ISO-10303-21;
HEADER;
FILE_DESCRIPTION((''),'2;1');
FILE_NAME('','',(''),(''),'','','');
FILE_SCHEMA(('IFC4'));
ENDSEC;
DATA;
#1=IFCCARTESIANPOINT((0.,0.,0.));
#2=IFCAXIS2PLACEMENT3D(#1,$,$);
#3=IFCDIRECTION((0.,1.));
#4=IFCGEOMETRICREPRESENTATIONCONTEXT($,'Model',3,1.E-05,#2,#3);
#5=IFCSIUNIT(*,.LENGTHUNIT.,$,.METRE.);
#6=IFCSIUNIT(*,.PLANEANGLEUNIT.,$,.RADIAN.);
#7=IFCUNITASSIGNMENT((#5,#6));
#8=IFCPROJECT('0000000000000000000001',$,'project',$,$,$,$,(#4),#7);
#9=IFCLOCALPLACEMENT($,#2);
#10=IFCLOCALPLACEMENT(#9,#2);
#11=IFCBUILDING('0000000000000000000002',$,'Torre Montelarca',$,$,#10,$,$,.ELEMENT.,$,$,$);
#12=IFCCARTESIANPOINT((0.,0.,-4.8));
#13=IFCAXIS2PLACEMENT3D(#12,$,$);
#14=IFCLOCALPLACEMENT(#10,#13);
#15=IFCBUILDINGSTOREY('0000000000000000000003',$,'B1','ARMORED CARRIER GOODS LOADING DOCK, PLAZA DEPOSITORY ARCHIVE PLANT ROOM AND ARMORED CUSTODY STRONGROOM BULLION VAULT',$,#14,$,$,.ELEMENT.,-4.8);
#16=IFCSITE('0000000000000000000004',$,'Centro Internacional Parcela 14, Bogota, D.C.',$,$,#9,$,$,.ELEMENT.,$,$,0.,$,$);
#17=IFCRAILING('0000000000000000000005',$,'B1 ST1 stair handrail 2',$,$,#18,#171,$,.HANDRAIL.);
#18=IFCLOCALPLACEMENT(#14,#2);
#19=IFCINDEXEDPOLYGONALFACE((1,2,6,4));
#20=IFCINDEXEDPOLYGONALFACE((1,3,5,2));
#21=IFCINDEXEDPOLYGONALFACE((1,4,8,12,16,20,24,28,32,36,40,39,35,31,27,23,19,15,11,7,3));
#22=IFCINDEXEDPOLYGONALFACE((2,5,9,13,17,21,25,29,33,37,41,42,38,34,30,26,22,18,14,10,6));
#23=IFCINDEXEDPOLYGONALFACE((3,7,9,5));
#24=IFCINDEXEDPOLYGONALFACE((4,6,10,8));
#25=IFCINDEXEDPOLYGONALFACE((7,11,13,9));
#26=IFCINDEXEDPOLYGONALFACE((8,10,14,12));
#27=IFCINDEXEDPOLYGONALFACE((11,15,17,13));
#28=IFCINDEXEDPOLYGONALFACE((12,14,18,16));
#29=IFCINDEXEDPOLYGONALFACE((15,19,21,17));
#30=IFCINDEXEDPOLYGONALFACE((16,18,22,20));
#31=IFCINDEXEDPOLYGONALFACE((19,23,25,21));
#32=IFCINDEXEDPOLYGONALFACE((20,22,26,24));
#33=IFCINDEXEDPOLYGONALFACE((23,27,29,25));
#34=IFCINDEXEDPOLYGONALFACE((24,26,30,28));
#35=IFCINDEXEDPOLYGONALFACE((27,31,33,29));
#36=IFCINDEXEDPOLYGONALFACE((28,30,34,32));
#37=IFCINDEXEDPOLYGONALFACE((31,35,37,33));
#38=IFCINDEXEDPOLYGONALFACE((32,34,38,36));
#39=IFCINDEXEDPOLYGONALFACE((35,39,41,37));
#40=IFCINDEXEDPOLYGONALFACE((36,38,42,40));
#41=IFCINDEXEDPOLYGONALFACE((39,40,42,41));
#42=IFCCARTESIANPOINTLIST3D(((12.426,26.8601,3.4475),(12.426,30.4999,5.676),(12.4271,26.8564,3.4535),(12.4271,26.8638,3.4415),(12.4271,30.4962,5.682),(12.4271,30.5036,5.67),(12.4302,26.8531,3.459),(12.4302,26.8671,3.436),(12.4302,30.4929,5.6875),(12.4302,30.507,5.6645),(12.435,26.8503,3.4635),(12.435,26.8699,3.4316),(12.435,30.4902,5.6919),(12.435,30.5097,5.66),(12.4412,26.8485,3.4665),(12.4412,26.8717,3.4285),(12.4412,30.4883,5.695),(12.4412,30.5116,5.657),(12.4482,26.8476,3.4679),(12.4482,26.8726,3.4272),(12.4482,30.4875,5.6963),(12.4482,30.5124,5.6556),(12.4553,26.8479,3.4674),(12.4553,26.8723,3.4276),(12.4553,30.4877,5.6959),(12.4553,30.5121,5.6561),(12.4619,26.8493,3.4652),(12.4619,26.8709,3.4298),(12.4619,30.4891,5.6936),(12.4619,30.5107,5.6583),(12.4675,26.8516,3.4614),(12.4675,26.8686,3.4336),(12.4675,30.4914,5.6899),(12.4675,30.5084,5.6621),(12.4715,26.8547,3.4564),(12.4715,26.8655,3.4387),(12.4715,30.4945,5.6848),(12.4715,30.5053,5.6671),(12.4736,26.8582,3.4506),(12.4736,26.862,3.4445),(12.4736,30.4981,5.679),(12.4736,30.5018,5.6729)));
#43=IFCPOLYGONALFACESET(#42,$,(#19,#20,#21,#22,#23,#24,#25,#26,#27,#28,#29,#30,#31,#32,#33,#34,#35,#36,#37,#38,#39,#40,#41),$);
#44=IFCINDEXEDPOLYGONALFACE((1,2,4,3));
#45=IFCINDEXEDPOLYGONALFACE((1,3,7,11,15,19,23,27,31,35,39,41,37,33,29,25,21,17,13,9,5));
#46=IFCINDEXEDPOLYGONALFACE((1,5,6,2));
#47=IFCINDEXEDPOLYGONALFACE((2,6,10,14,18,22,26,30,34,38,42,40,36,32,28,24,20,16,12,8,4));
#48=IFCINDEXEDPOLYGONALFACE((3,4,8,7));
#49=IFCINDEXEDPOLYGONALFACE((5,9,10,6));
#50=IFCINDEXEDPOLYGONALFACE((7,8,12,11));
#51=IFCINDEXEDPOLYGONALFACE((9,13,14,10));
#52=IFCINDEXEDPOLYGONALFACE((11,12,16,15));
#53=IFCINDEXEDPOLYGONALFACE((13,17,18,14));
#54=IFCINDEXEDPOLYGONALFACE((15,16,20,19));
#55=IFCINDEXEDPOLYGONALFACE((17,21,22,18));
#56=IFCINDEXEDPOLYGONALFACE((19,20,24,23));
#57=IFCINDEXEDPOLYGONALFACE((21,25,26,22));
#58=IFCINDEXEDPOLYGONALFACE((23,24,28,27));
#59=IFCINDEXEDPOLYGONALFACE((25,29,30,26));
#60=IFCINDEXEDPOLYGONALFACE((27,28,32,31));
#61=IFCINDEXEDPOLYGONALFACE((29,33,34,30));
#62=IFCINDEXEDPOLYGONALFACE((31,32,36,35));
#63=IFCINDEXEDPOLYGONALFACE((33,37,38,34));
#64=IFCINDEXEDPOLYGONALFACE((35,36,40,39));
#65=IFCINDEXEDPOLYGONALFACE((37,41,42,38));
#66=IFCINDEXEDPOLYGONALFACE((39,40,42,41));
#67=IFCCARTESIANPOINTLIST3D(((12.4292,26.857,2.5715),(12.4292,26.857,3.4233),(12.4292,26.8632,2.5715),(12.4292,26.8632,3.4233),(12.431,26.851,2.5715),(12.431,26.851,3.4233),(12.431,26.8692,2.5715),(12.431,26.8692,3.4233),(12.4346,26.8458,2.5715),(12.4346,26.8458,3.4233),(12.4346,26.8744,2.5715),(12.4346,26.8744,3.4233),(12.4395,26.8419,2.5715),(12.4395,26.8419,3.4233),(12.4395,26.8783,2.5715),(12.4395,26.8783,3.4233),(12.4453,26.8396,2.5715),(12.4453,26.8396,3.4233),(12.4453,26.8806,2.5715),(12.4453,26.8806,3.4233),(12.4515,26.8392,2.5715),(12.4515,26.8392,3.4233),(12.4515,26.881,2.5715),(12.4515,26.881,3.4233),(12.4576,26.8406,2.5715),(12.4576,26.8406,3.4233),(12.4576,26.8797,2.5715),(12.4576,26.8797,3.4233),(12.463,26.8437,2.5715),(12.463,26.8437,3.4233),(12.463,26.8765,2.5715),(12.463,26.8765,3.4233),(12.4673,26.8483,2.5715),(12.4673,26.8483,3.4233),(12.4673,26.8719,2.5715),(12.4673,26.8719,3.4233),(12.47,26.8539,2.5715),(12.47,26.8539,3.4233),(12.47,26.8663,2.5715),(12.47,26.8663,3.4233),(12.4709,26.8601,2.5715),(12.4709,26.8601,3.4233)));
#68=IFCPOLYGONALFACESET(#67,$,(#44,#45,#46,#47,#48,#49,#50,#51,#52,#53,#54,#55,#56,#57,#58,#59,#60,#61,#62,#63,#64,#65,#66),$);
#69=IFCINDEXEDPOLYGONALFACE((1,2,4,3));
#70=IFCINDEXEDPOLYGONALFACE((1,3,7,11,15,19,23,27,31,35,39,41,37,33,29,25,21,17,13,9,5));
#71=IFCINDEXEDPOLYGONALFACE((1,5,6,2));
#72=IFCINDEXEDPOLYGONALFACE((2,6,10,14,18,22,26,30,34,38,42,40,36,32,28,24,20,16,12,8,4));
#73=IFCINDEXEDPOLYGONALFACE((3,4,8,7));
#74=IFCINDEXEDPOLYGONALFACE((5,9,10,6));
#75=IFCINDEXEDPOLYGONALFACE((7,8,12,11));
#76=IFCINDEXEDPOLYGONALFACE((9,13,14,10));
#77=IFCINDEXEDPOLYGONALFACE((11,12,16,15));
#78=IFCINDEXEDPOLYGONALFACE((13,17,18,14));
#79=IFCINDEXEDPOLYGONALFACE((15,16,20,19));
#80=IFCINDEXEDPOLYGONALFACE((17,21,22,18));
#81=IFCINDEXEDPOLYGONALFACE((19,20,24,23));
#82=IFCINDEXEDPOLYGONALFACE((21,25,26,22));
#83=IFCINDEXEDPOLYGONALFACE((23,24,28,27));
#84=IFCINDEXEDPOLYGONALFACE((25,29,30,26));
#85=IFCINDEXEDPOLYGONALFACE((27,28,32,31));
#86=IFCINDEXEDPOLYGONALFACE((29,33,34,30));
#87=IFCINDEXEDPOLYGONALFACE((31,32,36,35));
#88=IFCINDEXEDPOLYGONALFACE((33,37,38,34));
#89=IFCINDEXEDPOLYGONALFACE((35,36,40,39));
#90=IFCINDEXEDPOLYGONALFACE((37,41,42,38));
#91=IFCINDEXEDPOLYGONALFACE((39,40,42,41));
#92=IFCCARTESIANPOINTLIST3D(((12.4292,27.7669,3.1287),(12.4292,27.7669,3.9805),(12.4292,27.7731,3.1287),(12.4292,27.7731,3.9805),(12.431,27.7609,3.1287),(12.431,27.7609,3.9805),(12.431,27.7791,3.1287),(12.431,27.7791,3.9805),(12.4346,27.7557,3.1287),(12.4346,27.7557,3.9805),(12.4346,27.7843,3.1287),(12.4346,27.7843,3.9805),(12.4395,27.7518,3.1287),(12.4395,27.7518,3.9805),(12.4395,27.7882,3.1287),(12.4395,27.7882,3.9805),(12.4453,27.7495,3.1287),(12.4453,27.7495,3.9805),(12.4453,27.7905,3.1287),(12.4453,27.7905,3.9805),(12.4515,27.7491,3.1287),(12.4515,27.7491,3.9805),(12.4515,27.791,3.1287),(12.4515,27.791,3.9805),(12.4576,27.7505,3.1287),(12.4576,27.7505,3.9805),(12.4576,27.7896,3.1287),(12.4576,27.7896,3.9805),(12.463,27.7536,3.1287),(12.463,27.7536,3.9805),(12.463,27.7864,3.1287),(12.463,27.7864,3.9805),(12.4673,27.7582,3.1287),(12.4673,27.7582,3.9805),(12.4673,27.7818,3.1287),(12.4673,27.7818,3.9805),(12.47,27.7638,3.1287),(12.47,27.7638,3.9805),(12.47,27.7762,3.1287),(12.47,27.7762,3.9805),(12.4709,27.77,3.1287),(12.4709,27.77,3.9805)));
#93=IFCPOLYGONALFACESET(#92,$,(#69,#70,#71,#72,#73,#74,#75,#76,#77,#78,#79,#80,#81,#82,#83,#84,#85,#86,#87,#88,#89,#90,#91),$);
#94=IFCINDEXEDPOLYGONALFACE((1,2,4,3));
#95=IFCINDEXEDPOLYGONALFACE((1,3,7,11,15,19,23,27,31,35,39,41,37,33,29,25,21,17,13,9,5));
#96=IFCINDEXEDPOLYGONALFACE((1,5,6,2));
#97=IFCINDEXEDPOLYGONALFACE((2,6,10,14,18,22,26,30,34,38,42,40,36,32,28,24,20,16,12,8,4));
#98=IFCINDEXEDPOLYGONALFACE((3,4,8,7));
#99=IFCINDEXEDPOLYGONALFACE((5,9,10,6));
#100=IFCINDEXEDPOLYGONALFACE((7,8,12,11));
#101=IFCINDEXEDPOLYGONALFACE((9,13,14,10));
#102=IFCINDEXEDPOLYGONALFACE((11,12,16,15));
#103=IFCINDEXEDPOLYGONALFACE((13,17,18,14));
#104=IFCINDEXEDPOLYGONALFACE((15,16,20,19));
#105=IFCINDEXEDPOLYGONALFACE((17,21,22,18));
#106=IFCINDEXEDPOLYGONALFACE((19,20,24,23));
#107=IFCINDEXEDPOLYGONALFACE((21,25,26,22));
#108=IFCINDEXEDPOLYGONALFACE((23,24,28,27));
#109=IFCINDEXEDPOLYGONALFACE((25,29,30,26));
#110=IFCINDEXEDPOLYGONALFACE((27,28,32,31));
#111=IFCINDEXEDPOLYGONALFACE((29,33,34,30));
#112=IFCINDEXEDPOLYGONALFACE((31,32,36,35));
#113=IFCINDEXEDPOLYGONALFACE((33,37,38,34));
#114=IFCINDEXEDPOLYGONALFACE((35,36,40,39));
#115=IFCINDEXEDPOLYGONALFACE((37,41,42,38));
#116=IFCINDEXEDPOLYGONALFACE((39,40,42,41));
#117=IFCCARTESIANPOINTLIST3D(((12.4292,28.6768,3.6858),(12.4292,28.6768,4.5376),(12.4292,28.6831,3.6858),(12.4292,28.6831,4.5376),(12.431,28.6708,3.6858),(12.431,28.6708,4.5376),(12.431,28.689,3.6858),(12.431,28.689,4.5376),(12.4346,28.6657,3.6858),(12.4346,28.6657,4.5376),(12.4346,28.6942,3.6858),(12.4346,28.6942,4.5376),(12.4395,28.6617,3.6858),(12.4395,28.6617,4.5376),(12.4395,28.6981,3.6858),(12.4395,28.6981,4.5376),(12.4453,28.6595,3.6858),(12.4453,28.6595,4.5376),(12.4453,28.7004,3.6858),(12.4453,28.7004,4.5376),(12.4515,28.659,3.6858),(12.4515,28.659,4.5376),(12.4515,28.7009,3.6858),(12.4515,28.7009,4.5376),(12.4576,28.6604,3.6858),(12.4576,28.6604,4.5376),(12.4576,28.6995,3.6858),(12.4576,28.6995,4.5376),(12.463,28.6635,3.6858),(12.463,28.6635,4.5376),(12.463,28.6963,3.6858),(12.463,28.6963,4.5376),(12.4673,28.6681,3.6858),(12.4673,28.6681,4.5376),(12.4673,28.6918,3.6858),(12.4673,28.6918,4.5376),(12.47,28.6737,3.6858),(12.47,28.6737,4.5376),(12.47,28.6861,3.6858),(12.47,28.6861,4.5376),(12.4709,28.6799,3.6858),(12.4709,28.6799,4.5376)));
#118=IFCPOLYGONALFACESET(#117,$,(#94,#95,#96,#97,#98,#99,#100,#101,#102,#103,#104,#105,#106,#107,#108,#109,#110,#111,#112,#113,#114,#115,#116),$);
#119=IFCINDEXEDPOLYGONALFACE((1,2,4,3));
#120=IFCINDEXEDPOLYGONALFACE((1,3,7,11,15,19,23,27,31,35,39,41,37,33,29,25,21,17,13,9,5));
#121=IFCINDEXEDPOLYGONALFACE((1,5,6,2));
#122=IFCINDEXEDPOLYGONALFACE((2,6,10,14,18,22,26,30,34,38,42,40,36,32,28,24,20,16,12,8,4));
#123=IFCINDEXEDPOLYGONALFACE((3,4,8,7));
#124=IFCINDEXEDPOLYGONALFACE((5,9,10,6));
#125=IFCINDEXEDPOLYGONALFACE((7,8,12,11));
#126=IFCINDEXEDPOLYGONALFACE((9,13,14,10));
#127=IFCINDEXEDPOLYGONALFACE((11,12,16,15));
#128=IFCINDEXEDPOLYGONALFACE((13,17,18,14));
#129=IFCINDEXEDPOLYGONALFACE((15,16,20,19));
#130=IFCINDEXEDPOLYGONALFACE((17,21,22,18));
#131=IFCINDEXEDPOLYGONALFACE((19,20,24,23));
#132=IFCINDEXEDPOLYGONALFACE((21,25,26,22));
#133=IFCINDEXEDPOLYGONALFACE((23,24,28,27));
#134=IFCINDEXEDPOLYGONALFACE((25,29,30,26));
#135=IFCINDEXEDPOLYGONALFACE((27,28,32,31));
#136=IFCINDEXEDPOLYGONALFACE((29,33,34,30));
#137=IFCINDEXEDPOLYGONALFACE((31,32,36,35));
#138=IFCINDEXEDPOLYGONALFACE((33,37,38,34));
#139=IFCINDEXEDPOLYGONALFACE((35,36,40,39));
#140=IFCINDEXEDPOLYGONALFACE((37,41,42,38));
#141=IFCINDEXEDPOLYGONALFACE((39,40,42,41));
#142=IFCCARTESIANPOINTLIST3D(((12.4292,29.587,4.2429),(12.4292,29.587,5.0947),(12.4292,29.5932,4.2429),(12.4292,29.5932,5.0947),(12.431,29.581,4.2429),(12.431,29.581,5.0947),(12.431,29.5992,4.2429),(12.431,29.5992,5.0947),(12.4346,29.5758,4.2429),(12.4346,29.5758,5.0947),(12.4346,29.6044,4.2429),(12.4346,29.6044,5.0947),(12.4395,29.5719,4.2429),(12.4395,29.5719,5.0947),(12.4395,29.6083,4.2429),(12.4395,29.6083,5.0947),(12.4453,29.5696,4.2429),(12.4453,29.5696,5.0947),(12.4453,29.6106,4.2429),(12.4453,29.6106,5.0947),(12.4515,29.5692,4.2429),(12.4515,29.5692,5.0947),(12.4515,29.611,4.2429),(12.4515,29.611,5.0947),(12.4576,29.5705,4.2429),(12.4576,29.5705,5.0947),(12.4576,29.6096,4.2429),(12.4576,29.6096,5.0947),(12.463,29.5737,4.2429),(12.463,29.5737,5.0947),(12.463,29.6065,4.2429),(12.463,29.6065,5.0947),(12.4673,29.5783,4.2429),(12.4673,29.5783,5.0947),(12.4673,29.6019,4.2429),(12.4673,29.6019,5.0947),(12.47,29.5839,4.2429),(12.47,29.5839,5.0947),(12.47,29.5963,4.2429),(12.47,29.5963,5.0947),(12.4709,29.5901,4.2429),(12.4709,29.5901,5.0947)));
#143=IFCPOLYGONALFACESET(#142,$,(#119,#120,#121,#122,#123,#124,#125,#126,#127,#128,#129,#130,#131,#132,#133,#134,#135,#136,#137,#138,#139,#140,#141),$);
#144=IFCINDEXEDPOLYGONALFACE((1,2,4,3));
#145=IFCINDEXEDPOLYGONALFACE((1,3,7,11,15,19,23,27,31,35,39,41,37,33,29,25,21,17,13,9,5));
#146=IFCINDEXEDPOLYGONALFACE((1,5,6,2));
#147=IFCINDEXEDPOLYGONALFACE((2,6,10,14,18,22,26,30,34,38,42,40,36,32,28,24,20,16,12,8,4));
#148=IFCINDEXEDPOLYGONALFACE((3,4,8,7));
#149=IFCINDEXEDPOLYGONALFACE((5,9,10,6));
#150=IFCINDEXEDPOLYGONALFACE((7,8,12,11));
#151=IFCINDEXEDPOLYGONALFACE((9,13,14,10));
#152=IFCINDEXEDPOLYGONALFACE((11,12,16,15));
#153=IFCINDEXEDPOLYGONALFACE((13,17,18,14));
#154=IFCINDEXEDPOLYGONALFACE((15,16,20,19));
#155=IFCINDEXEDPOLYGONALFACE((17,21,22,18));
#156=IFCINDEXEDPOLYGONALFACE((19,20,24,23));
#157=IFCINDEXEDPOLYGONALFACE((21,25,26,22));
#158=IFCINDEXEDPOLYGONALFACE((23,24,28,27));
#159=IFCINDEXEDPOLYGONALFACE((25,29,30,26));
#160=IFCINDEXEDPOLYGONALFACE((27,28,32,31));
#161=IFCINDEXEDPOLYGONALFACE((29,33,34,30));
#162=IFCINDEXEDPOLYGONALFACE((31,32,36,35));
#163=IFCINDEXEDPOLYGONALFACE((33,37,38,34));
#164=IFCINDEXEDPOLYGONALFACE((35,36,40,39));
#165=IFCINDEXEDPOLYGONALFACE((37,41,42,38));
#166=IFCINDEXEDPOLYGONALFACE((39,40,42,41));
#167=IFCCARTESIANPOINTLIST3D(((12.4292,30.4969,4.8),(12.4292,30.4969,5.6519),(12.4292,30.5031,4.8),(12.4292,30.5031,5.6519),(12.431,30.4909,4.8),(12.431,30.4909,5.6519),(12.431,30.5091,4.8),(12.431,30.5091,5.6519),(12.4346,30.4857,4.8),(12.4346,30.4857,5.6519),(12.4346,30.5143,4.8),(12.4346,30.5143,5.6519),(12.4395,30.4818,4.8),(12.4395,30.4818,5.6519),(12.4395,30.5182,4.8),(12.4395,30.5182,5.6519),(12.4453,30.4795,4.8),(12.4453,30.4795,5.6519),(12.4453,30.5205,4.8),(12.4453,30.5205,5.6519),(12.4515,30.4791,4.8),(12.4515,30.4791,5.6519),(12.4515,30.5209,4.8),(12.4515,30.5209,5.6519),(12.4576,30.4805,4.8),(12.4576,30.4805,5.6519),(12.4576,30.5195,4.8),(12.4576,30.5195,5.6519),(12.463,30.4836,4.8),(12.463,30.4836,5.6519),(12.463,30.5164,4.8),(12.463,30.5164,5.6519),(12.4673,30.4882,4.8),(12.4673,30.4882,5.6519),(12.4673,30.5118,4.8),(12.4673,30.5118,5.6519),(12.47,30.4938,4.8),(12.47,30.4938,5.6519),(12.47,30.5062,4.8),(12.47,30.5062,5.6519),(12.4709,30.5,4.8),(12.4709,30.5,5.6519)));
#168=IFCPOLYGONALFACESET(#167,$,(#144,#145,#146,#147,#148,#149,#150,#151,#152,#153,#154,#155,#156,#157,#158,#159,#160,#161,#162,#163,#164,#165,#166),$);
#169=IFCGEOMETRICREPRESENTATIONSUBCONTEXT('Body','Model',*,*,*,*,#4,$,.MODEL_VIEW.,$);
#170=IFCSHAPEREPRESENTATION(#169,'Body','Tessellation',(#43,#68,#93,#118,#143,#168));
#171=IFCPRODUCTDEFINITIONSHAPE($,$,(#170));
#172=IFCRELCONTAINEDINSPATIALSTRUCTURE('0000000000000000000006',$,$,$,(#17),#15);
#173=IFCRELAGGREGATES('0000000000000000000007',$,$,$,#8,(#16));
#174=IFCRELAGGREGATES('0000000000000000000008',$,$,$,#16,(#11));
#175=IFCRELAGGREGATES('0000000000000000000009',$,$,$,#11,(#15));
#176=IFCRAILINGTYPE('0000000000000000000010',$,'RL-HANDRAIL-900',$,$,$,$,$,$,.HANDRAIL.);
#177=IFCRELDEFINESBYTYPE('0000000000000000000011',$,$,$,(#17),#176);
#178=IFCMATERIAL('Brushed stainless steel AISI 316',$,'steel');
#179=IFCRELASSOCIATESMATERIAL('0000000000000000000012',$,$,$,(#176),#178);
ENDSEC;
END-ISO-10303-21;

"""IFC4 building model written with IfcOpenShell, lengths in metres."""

from ifc_helpers import new_model, si_unit, direction, frame, origin, origin_2d, place, context, subcontext, project, spatial, circle, extrude, material, type_object, element, save


model = new_model("IFC4")

# Units and contexts
model_context = context("Model", 3, precision=1e-05, world=origin(), true_north=direction((0.0, 1.0)))
body_context = subcontext(model_context, "Body", "Model", "MODEL_VIEW")
ifc_project = project(units=[si_unit("LENGTHUNIT", "METRE"), si_unit("PLANEANGLEUNIT", "RADIAN")], contexts=[model_context])

# Site, building, storey
site_placement = place(None, origin())
site = spatial("IfcSite", under=ifc_project, at=site_placement, Name="Centro Internacional Parcela 14, Bogota, D.C.", CompositionType="ELEMENT", RefElevation=0.0)
building_placement = place(site_placement, origin())
building = spatial("IfcBuilding", under=site, at=building_placement, Name="Torre Montelarca", CompositionType="ELEMENT")
storey_placement = place(building_placement, frame((0.0, 0.0, -4.8)))
storey = spatial("IfcBuildingStorey", under=building, at=storey_placement, Name="B1", Description="ARMORED CARRIER GOODS LOADING DOCK, PLAZA DEPOSITORY ARCHIVE PLANT ROOM AND ARMORED CUSTODY STRONGROOM BULLION VAULT", CompositionType="ELEMENT", Elevation=-4.8)

# Railing
ifc_material_1 = material(Name="Brushed stainless steel AISI 316", Category="steel")
railing_type_1 = type_object("IfcRailingType", Name="RL-HANDRAIL-900", PredefinedType="HANDRAIL", material=ifc_material_1)
railing_1_placement = place(storey_placement, frame((12.45, 26.8601, 2.5715)))
element("IfcRailing", 1, at=railing_1_placement, inside=storey, type_object=railing_type_1, Name="B1 ST1 stair handrail 2", PredefinedType="HANDRAIL", context=body_context, shape_type="SweptSolid", body=[
    extrude(circle(Radius=0.0239, at=origin_2d()), frame((0.0, 0.0, 0.876), z_axis=(0.0, 0.85285, 0.522156), x_axis=(-1.0, 0.0, 0.0)), (0.0, 0.0, 1.0), 4.2678),
    extrude(circle(Radius=0.021, at=origin_2d()), origin(), (0.0, 0.0, 1.0), 0.8518),
    extrude(circle(Radius=0.021, at=origin_2d()), frame((0.0, 0.9099, 0.5571)), (0.0, 0.0, 1.0), 0.8518),
    extrude(circle(Radius=0.021, at=origin_2d()), frame((0.0, 1.8198, 1.1143)), (0.0, 0.0, 1.0), 0.8518),
    extrude(circle(Radius=0.021, at=origin_2d()), frame((0.0, 2.73, 1.6714)), (0.0, 0.0, 1.0), 0.8518),
    extrude(circle(Radius=0.021, at=origin_2d()), frame((0.0, 3.6399, 2.2285)), (0.0, 0.0, 1.0), 0.8518),
])

save(model, "model.ifc")
